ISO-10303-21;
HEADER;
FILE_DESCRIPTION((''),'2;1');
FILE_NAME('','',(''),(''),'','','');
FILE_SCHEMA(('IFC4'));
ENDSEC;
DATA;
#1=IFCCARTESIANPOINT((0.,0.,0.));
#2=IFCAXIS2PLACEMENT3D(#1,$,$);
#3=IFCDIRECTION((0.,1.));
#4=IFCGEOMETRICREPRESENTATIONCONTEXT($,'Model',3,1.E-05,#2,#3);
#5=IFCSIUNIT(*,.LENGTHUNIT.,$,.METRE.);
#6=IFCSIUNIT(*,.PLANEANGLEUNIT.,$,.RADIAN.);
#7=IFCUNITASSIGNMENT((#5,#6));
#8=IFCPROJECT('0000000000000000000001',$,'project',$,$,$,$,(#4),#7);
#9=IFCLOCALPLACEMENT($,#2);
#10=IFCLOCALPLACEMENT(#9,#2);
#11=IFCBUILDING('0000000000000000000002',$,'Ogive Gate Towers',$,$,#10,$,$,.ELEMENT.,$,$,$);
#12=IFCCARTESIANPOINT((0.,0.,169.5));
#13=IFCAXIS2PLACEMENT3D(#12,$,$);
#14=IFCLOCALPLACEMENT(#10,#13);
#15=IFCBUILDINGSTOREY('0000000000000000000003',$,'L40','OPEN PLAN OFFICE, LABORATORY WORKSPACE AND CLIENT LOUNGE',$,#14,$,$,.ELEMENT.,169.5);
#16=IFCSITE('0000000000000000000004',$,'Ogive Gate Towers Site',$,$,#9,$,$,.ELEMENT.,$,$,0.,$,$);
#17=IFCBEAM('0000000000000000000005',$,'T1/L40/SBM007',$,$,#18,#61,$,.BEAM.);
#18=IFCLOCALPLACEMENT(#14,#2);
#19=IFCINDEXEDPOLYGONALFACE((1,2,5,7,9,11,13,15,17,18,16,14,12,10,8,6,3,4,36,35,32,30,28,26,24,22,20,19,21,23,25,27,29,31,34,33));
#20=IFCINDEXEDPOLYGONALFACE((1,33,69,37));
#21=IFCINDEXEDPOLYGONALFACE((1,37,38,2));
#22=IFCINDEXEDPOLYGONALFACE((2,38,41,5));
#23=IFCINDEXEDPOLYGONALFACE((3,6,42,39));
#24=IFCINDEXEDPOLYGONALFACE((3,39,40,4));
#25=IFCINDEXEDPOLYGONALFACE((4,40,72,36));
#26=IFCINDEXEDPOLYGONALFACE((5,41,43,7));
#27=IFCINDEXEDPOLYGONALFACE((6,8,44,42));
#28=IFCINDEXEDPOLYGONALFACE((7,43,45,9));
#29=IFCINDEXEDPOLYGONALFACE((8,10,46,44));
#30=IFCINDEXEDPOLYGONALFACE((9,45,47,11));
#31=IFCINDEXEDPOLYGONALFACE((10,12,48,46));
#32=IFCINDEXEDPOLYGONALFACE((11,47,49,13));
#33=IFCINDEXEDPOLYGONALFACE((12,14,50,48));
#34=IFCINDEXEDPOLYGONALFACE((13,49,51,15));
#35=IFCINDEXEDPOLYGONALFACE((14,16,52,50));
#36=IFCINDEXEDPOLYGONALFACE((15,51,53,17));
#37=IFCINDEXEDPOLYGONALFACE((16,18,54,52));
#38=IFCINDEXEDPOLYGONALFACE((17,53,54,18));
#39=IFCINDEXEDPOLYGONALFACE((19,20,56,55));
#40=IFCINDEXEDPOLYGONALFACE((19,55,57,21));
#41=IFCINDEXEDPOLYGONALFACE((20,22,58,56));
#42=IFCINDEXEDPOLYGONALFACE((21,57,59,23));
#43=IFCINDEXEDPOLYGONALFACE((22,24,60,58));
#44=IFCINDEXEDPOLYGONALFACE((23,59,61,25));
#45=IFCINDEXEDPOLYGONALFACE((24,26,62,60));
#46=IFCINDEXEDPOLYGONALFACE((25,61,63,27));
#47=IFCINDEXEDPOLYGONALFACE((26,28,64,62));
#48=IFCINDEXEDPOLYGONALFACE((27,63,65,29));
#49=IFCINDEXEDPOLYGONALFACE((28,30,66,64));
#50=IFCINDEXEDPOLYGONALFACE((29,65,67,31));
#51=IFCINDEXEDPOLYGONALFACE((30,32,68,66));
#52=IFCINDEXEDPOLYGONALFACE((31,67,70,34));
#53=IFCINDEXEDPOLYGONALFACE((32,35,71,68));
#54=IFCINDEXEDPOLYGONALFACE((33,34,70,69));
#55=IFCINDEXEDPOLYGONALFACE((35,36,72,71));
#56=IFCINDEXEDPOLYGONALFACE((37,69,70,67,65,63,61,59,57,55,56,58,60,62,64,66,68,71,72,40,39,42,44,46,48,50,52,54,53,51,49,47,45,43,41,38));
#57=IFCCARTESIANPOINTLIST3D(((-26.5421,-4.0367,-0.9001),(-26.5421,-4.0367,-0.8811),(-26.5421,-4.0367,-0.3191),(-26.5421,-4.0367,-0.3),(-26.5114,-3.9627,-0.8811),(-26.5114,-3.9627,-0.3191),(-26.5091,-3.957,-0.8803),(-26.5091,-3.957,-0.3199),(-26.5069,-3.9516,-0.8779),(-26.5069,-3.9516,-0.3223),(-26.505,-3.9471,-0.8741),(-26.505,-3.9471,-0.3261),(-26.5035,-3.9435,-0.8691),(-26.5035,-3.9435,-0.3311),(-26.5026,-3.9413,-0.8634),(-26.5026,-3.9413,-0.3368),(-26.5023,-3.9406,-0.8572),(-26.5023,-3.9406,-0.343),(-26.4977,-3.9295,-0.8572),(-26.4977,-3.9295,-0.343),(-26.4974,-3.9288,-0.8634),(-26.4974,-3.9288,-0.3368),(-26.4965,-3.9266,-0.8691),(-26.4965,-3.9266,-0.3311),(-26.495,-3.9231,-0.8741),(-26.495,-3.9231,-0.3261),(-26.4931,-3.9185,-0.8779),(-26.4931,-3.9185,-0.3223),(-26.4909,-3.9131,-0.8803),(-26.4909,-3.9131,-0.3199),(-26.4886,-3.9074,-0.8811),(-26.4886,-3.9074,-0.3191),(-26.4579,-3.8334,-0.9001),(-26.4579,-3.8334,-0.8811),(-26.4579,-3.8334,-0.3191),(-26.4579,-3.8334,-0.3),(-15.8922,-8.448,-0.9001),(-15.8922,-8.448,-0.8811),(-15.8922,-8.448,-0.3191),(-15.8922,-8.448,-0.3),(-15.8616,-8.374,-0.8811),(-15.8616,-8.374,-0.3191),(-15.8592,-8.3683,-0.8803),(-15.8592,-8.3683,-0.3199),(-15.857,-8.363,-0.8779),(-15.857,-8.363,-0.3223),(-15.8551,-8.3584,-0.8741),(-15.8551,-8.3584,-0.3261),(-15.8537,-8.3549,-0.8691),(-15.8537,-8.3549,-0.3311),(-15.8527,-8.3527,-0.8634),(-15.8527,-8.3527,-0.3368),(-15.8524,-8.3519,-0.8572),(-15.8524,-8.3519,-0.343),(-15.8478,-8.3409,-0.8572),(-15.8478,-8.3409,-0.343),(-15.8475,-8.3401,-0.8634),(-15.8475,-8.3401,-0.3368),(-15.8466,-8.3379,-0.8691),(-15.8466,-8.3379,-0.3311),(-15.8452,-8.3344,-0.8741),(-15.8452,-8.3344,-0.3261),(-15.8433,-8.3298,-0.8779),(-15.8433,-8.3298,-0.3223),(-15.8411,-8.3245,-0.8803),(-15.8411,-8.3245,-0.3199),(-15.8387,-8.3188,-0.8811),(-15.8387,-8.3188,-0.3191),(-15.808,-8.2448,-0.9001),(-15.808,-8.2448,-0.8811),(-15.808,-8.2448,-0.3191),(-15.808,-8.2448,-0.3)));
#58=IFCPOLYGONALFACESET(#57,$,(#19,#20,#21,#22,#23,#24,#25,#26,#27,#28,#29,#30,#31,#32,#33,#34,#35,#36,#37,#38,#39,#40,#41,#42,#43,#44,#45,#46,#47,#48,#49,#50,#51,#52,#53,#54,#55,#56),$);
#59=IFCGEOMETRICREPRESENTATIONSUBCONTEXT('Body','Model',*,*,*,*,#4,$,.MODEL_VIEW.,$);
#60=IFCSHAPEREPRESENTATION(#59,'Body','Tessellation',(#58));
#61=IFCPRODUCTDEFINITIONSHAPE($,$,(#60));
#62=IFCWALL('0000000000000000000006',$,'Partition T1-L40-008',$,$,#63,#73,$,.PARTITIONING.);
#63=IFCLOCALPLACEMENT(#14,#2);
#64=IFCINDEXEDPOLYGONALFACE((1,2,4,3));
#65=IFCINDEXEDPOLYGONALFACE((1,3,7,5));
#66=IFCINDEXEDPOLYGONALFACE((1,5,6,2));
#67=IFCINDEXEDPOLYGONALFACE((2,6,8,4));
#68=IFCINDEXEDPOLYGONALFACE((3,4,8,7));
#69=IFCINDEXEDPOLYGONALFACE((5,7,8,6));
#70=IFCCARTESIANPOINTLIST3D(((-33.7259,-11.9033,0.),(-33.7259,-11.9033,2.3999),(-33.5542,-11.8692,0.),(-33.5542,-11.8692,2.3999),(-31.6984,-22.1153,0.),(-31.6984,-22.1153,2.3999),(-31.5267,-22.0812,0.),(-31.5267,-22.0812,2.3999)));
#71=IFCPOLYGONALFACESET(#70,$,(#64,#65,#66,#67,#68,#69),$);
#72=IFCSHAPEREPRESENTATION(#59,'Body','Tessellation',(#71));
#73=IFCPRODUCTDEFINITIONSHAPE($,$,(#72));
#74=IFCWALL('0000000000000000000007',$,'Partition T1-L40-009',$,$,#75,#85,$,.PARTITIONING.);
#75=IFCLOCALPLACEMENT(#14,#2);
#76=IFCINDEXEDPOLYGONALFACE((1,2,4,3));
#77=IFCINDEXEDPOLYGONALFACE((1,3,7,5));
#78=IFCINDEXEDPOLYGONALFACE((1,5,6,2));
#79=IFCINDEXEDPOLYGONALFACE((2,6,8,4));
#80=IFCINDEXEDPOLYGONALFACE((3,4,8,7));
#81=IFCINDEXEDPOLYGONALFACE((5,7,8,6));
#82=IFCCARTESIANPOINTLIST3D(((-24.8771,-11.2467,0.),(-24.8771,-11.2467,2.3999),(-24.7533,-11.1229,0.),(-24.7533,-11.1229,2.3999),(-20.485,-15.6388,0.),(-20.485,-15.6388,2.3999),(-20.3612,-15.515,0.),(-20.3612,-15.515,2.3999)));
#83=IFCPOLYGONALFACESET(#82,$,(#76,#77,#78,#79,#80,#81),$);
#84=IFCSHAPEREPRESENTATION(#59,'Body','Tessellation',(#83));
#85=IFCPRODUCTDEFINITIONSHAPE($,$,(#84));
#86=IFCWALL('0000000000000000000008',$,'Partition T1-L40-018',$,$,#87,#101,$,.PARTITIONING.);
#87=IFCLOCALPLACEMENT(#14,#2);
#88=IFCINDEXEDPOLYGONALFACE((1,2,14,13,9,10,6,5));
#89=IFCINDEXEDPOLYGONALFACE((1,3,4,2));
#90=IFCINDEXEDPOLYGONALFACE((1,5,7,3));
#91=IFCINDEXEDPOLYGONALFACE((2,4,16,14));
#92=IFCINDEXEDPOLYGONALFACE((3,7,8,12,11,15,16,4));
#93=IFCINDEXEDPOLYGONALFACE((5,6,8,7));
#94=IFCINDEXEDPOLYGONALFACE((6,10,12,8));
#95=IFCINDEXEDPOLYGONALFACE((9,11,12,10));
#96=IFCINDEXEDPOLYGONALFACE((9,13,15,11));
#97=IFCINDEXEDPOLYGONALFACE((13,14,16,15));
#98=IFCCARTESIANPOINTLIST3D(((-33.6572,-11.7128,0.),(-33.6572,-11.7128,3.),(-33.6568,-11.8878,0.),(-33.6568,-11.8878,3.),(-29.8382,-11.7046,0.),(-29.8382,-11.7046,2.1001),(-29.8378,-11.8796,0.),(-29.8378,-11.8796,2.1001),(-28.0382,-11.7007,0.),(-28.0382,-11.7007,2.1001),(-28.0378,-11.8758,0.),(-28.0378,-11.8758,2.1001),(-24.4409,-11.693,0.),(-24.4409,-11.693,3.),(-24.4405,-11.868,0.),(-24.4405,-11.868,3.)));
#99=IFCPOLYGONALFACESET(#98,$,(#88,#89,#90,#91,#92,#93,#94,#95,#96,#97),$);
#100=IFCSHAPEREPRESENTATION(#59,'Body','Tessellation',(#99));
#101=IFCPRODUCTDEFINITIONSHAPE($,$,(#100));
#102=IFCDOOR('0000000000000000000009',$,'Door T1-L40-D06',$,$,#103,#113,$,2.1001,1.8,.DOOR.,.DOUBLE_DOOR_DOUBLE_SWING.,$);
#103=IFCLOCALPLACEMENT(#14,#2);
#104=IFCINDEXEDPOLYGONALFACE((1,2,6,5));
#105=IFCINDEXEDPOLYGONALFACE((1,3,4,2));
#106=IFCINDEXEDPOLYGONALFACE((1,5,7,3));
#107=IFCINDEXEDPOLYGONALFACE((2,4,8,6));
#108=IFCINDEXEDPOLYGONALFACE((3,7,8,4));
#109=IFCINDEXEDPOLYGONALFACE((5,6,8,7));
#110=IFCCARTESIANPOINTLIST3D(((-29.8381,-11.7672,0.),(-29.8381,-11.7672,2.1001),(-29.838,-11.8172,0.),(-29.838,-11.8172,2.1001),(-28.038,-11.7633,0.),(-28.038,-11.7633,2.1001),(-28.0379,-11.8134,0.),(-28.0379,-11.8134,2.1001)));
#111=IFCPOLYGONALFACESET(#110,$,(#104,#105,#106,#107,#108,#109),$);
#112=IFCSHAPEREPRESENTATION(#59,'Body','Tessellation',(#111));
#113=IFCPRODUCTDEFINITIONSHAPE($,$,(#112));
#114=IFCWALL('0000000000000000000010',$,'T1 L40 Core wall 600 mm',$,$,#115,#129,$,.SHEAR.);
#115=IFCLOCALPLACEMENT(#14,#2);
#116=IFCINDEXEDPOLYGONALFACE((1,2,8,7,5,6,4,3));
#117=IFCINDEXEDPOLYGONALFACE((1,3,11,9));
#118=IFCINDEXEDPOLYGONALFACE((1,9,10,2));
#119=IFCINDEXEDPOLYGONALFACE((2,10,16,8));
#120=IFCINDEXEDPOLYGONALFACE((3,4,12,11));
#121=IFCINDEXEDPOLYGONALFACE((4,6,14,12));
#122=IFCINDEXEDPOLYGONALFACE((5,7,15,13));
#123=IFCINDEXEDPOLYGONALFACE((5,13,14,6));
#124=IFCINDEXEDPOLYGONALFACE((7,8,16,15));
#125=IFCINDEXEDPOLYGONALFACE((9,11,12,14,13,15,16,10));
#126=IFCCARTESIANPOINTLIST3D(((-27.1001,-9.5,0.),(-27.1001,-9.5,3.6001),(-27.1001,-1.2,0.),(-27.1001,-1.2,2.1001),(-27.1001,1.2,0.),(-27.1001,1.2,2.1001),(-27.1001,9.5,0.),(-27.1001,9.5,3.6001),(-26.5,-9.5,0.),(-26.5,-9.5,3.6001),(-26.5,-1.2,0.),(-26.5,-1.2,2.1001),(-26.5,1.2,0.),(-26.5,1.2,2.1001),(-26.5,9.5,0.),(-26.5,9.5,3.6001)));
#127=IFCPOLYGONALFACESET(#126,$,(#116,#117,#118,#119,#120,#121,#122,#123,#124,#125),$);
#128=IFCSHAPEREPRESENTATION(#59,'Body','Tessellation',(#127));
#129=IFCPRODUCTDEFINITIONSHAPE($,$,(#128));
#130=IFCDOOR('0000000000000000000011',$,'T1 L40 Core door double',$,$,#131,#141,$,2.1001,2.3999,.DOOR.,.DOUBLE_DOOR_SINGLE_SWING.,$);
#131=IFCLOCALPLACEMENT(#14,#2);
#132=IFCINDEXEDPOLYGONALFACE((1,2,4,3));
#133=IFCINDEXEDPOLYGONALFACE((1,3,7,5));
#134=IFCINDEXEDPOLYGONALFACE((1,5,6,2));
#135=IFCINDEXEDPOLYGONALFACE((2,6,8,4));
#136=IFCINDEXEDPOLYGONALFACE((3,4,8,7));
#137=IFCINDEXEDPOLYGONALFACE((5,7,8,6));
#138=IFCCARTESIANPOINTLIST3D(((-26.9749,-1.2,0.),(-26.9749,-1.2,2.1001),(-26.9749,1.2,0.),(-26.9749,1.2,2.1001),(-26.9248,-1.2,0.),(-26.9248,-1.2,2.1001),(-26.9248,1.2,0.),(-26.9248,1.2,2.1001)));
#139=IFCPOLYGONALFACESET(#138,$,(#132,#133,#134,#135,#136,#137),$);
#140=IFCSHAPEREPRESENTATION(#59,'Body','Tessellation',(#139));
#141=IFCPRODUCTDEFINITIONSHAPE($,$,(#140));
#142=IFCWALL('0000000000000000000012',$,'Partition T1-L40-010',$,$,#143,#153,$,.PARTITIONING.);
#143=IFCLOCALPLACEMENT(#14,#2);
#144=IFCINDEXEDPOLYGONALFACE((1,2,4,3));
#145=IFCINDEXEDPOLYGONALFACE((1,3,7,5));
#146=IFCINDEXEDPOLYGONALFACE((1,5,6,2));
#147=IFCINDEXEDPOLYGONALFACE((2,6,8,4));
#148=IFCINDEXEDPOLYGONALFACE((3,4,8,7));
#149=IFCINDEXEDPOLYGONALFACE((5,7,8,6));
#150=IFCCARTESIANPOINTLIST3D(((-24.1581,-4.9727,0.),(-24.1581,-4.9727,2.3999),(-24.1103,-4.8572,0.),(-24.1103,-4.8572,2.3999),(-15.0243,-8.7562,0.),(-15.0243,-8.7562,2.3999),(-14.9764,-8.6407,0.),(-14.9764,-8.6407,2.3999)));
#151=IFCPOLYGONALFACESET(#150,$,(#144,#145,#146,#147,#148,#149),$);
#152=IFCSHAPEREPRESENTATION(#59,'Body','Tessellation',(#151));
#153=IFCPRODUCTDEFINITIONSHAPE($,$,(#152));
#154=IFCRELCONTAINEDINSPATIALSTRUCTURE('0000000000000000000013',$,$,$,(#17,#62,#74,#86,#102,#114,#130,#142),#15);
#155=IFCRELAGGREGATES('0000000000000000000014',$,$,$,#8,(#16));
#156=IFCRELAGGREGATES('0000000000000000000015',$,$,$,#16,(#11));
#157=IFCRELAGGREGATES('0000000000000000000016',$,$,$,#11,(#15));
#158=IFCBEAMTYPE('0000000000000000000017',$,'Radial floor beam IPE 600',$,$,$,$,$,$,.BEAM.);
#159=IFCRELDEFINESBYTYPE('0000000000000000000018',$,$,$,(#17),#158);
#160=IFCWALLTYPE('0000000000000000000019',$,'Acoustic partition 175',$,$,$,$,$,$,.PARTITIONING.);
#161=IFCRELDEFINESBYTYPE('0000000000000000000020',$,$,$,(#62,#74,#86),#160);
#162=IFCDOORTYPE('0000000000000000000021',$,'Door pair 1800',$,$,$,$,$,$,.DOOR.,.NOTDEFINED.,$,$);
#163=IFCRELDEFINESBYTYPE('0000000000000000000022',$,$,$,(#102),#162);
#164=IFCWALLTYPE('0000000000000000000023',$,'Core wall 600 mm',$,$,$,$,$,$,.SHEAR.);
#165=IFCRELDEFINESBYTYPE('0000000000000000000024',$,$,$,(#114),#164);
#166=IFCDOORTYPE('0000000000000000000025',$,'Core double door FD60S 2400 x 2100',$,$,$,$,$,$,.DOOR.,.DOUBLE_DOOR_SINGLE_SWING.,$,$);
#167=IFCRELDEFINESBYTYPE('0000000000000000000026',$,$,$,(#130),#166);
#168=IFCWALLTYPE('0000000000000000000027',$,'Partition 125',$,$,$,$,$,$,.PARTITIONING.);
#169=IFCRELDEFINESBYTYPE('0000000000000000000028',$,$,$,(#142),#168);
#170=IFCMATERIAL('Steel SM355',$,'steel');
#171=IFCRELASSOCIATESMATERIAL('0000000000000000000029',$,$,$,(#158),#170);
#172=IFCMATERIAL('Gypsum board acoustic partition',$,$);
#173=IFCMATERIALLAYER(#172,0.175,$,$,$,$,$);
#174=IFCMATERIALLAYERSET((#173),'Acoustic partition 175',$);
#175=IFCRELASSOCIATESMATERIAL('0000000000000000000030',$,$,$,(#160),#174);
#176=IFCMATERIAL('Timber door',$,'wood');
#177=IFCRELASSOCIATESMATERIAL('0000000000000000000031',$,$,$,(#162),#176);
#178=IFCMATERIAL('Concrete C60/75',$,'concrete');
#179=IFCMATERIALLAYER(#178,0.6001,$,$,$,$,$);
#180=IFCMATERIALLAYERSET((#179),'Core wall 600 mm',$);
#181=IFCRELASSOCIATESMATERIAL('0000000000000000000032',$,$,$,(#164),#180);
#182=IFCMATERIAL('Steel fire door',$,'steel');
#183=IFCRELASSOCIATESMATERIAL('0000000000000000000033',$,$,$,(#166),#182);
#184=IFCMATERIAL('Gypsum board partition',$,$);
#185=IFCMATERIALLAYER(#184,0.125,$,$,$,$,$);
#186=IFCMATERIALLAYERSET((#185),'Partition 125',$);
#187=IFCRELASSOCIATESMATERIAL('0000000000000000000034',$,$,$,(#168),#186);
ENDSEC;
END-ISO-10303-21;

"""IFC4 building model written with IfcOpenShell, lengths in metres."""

from ifc_helpers import new_model, si_unit, direction, frame, frame_2d, origin, origin_2d, place, context, subcontext, project, spatial, rectangle, i_section, extrude, material, layer, layer_set, material_profile, profile_set, type_object, element, fill, save


model = new_model("IFC4")

# Units and contexts
model_context = context("Model", 3, precision=1e-05, world=origin(), true_north=direction((0.0, 1.0)))
body_context = subcontext(model_context, "Body", "Model", "MODEL_VIEW")
ifc_project = project(units=[si_unit("LENGTHUNIT", "METRE"), si_unit("PLANEANGLEUNIT", "RADIAN")], contexts=[model_context])

# Site, building, storey
site_placement = place(None, origin())
site = spatial("IfcSite", under=ifc_project, at=site_placement, Name="Ogive Gate Towers Site", CompositionType="ELEMENT", RefElevation=0.0)
building_placement = place(site_placement, origin())
building = spatial("IfcBuilding", under=site, at=building_placement, Name="Ogive Gate Towers", CompositionType="ELEMENT")
storey_placement = place(building_placement, frame((0.0, 0.0, 169.5)))
storey = spatial("IfcBuildingStorey", under=building, at=storey_placement, Name="L40", Description="OPEN PLAN OFFICE, LABORATORY WORKSPACE AND CLIENT LOUNGE", CompositionType="ELEMENT", Elevation=169.5)

# Beam
ifc_material_1 = material(Name="Steel SM355", Category="steel")
ifc_material_profile_1 = material_profile(ifc_material_1, i_section(OverallWidth=0.22, OverallDepth=0.6001, WebThickness=0.012, FlangeThickness=0.019, FilletRadius=0.0239, at=origin_2d()), Name="IPE 600")
ifc_profile_set_1 = profile_set([ifc_material_profile_1], Name="Steel SM355")
beam_type_1 = type_object("IfcBeamType", Name="Radial floor beam IPE 600", PredefinedType="BEAM", material=ifc_profile_set_1)
for number, where, z_axis, x_axis, name in (
    (1, (-26.5, -3.9351, -0.6001), (0.923878, -0.382687, 0.0), (0.382687, 0.923878, 0.0), "T1/L40/SBM007"),
):
    element("IfcBeam", number, at=place(storey_placement, frame(where, z_axis=z_axis, x_axis=x_axis)), inside=storey, type_object=beam_type_1, Name=name, PredefinedType="BEAM", context=body_context, shape_type="SweptSolid", body=[
        extrude(i_section(OverallWidth=0.22, OverallDepth=0.6001, WebThickness=0.012, FlangeThickness=0.019, FilletRadius=0.0239, at=origin_2d()), origin(), (0.0, 0.0, 1.0), 11.5273),
    ])

# Walls
ifc_material_2 = material(Name="Gypsum board acoustic partition")
ifc_layer_1 = layer(ifc_material_2, 0.175)
ifc_layer_set_1 = layer_set([ifc_layer_1], Name="Acoustic partition 175")
wall_type_1 = type_object("IfcWallType", Name="Acoustic partition 175", PredefinedType="PARTITIONING", material=ifc_layer_set_1)
wall_1_placement = place(storey_placement, frame((-31.6125, -22.0981, 0.0), z_axis=(0.0, 0.0, 1.0), x_axis=(-0.194745, 0.980854, 0.0)))
element("IfcWall", 2, at=wall_1_placement, inside=storey, type_object=wall_type_1, Name="Partition T1-L40-008", PredefinedType="PARTITIONING", context=body_context, shape_type="SweptSolid", body=[
    extrude(rectangle(XDim=10.4114, YDim=0.175, at=frame_2d((5.2056, 0.0))), origin(), (0.0, 0.0, 1.0), 2.3999),
])
wall_2_placement = place(storey_placement, frame((-20.4231, -15.5769, 0.0), z_axis=(0.0, 0.0, 1.0), x_axis=(-0.707107, 0.707107, 0.0)))
element("IfcWall", 3, at=wall_2_placement, inside=storey, type_object=wall_type_1, Name="Partition T1-L40-009", PredefinedType="PARTITIONING", context=body_context, shape_type="SweptSolid", body=[
    extrude(rectangle(XDim=6.2114, YDim=0.175, at=frame_2d((3.1057, 0.0))), origin(), (0.0, 0.0, 1.0), 2.3999),
])

# Walls, openings, doors
wall_3_placement = place(storey_placement, frame((-33.657, -11.8003, 0.0), z_axis=(0.0, 0.0, 1.0), x_axis=(0.999998, 0.002146, 0.0)))
wall_3 = element("IfcWall", 4, at=wall_3_placement, inside=storey, type_object=wall_type_1, Name="Partition T1-L40-018", PredefinedType="PARTITIONING", context=body_context, shape_type="SweptSolid", body=[
    extrude(rectangle(XDim=9.2163, YDim=0.175, at=frame_2d((4.6082, 0.0))), origin(), (0.0, 0.0, 1.0), 3.0),
])
opening_1_placement = place(wall_3_placement, frame((3.8191, 0.0, 0.0)))
opening_1 = element("IfcOpeningElement", 5, at=opening_1_placement, cuts=wall_3, PredefinedType="OPENING", context=body_context, shape_type="SweptSolid", body=[
    extrude(rectangle(XDim=1.8, YDim=2.1001, at=frame_2d((0.8999, 1.05))), frame((0.0, 0.0977, 0.0), z_axis=(0.0, -1.0, 0.0), x_axis=(1.0, 0.0, 0.0)), (0.0, 0.0, 1.0), 0.1951),
])
ifc_material_3 = material(Name="Timber door", Category="wood")
door_type_1 = type_object("IfcDoorType", Name="Door pair 1800", OperationType="NOTDEFINED", PredefinedType="DOOR", material=ifc_material_3)
door_1_placement = place(opening_1_placement, origin())
door_1 = element("IfcDoor", 6, at=door_1_placement, inside=storey, type_object=door_type_1, Name="Door T1-L40-D06", OperationType="DOUBLE_DOOR_DOUBLE_SWING", OverallHeight=2.1001, OverallWidth=1.8, PredefinedType="DOOR", context=body_context, shape_type="SweptSolid", body=[
    extrude(rectangle(XDim=1.8, YDim=2.1001, at=frame_2d((0.8999, 1.05))), frame((0.0, 0.0249, 0.0), z_axis=(0.0, -1.0, 0.0), x_axis=(1.0, 0.0, 0.0)), (0.0, 0.0, 1.0), 0.05),
])
fill(opening_1, door_1)
ifc_material_4 = material(Name="Concrete C60/75", Category="concrete")
ifc_layer_2 = layer(ifc_material_4, 0.6001)
ifc_layer_set_2 = layer_set([ifc_layer_2], Name="Core wall 600 mm")
wall_type_2 = type_object("IfcWallType", Name="Core wall 600 mm", PredefinedType="SHEAR", material=ifc_layer_set_2)
wall_4_placement = place(storey_placement, frame((-26.8, -9.5, 0.0), z_axis=(0.0, 0.0, 1.0), x_axis=(0.0, 1.0, 0.0)))
wall_4 = element("IfcWall", 7, at=wall_4_placement, inside=storey, type_object=wall_type_2, Name="T1 L40 Core wall 600 mm", PredefinedType="SHEAR", context=body_context, shape_type="SweptSolid", body=[
    extrude(rectangle(XDim=19.0, YDim=0.6001, at=frame_2d((9.5, 0.0))), origin(), (0.0, 0.0, 1.0), 3.6001),
])
opening_2_placement = place(wall_4_placement, frame((8.3, 0.0, 0.0)))
opening_2 = element("IfcOpeningElement", 8, at=opening_2_placement, cuts=wall_4, PredefinedType="OPENING", context=body_context, shape_type="SweptSolid", body=[
    extrude(rectangle(XDim=2.3999, YDim=2.1001, at=frame_2d((1.2, 1.05))), frame((0.0, 0.3101, 0.0), z_axis=(0.0, -1.0, 0.0), x_axis=(1.0, 0.0, 0.0)), (0.0, 0.0, 1.0), 0.6201),
])
ifc_material_5 = material(Name="Steel fire door", Category="steel")
door_type_2 = type_object("IfcDoorType", Name="Core double door FD60S 2400 x 2100", OperationType="DOUBLE_DOOR_SINGLE_SWING", PredefinedType="DOOR", material=ifc_material_5)
door_2_placement = place(opening_2_placement, origin())
door_2 = element("IfcDoor", 9, at=door_2_placement, inside=storey, type_object=door_type_2, Name="T1 L40 Core door double", OperationType="DOUBLE_DOOR_SINGLE_SWING", OverallHeight=2.1001, OverallWidth=2.3999, PredefinedType="DOOR", context=body_context, shape_type="SweptSolid", body=[
    extrude(rectangle(XDim=2.3999, YDim=2.1001, at=frame_2d((1.2, 1.05))), frame((0.0, 0.1748, 0.0), z_axis=(0.0, -1.0, 0.0), x_axis=(1.0, 0.0, 0.0)), (0.0, 0.0, 1.0), 0.05),
])
fill(opening_2, door_2)

# Wall
ifc_material_6 = material(Name="Gypsum board partition")
ifc_layer_3 = layer(ifc_material_6, 0.125)
ifc_layer_set_3 = layer_set([ifc_layer_3], Name="Partition 125")
wall_type_3 = type_object("IfcWallType", Name="Partition 125", PredefinedType="PARTITIONING", material=ifc_layer_set_3)
wall_5_placement = place(storey_placement, frame((-15.0002, -8.6985, 0.0), z_axis=(0.0, 0.0, 1.0), x_axis=(-0.923876, 0.382693, 0.0)))
element("IfcWall", 10, at=wall_5_placement, inside=storey, type_object=wall_type_3, Name="Partition T1-L40-010", PredefinedType="PARTITIONING", context=body_context, shape_type="SweptSolid", body=[
    extrude(rectangle(XDim=9.8865, YDim=0.125, at=frame_2d((4.9434, 0.0))), origin(), (0.0, 0.0, 1.0), 2.3999),
])

save(model, "model.ifc")
